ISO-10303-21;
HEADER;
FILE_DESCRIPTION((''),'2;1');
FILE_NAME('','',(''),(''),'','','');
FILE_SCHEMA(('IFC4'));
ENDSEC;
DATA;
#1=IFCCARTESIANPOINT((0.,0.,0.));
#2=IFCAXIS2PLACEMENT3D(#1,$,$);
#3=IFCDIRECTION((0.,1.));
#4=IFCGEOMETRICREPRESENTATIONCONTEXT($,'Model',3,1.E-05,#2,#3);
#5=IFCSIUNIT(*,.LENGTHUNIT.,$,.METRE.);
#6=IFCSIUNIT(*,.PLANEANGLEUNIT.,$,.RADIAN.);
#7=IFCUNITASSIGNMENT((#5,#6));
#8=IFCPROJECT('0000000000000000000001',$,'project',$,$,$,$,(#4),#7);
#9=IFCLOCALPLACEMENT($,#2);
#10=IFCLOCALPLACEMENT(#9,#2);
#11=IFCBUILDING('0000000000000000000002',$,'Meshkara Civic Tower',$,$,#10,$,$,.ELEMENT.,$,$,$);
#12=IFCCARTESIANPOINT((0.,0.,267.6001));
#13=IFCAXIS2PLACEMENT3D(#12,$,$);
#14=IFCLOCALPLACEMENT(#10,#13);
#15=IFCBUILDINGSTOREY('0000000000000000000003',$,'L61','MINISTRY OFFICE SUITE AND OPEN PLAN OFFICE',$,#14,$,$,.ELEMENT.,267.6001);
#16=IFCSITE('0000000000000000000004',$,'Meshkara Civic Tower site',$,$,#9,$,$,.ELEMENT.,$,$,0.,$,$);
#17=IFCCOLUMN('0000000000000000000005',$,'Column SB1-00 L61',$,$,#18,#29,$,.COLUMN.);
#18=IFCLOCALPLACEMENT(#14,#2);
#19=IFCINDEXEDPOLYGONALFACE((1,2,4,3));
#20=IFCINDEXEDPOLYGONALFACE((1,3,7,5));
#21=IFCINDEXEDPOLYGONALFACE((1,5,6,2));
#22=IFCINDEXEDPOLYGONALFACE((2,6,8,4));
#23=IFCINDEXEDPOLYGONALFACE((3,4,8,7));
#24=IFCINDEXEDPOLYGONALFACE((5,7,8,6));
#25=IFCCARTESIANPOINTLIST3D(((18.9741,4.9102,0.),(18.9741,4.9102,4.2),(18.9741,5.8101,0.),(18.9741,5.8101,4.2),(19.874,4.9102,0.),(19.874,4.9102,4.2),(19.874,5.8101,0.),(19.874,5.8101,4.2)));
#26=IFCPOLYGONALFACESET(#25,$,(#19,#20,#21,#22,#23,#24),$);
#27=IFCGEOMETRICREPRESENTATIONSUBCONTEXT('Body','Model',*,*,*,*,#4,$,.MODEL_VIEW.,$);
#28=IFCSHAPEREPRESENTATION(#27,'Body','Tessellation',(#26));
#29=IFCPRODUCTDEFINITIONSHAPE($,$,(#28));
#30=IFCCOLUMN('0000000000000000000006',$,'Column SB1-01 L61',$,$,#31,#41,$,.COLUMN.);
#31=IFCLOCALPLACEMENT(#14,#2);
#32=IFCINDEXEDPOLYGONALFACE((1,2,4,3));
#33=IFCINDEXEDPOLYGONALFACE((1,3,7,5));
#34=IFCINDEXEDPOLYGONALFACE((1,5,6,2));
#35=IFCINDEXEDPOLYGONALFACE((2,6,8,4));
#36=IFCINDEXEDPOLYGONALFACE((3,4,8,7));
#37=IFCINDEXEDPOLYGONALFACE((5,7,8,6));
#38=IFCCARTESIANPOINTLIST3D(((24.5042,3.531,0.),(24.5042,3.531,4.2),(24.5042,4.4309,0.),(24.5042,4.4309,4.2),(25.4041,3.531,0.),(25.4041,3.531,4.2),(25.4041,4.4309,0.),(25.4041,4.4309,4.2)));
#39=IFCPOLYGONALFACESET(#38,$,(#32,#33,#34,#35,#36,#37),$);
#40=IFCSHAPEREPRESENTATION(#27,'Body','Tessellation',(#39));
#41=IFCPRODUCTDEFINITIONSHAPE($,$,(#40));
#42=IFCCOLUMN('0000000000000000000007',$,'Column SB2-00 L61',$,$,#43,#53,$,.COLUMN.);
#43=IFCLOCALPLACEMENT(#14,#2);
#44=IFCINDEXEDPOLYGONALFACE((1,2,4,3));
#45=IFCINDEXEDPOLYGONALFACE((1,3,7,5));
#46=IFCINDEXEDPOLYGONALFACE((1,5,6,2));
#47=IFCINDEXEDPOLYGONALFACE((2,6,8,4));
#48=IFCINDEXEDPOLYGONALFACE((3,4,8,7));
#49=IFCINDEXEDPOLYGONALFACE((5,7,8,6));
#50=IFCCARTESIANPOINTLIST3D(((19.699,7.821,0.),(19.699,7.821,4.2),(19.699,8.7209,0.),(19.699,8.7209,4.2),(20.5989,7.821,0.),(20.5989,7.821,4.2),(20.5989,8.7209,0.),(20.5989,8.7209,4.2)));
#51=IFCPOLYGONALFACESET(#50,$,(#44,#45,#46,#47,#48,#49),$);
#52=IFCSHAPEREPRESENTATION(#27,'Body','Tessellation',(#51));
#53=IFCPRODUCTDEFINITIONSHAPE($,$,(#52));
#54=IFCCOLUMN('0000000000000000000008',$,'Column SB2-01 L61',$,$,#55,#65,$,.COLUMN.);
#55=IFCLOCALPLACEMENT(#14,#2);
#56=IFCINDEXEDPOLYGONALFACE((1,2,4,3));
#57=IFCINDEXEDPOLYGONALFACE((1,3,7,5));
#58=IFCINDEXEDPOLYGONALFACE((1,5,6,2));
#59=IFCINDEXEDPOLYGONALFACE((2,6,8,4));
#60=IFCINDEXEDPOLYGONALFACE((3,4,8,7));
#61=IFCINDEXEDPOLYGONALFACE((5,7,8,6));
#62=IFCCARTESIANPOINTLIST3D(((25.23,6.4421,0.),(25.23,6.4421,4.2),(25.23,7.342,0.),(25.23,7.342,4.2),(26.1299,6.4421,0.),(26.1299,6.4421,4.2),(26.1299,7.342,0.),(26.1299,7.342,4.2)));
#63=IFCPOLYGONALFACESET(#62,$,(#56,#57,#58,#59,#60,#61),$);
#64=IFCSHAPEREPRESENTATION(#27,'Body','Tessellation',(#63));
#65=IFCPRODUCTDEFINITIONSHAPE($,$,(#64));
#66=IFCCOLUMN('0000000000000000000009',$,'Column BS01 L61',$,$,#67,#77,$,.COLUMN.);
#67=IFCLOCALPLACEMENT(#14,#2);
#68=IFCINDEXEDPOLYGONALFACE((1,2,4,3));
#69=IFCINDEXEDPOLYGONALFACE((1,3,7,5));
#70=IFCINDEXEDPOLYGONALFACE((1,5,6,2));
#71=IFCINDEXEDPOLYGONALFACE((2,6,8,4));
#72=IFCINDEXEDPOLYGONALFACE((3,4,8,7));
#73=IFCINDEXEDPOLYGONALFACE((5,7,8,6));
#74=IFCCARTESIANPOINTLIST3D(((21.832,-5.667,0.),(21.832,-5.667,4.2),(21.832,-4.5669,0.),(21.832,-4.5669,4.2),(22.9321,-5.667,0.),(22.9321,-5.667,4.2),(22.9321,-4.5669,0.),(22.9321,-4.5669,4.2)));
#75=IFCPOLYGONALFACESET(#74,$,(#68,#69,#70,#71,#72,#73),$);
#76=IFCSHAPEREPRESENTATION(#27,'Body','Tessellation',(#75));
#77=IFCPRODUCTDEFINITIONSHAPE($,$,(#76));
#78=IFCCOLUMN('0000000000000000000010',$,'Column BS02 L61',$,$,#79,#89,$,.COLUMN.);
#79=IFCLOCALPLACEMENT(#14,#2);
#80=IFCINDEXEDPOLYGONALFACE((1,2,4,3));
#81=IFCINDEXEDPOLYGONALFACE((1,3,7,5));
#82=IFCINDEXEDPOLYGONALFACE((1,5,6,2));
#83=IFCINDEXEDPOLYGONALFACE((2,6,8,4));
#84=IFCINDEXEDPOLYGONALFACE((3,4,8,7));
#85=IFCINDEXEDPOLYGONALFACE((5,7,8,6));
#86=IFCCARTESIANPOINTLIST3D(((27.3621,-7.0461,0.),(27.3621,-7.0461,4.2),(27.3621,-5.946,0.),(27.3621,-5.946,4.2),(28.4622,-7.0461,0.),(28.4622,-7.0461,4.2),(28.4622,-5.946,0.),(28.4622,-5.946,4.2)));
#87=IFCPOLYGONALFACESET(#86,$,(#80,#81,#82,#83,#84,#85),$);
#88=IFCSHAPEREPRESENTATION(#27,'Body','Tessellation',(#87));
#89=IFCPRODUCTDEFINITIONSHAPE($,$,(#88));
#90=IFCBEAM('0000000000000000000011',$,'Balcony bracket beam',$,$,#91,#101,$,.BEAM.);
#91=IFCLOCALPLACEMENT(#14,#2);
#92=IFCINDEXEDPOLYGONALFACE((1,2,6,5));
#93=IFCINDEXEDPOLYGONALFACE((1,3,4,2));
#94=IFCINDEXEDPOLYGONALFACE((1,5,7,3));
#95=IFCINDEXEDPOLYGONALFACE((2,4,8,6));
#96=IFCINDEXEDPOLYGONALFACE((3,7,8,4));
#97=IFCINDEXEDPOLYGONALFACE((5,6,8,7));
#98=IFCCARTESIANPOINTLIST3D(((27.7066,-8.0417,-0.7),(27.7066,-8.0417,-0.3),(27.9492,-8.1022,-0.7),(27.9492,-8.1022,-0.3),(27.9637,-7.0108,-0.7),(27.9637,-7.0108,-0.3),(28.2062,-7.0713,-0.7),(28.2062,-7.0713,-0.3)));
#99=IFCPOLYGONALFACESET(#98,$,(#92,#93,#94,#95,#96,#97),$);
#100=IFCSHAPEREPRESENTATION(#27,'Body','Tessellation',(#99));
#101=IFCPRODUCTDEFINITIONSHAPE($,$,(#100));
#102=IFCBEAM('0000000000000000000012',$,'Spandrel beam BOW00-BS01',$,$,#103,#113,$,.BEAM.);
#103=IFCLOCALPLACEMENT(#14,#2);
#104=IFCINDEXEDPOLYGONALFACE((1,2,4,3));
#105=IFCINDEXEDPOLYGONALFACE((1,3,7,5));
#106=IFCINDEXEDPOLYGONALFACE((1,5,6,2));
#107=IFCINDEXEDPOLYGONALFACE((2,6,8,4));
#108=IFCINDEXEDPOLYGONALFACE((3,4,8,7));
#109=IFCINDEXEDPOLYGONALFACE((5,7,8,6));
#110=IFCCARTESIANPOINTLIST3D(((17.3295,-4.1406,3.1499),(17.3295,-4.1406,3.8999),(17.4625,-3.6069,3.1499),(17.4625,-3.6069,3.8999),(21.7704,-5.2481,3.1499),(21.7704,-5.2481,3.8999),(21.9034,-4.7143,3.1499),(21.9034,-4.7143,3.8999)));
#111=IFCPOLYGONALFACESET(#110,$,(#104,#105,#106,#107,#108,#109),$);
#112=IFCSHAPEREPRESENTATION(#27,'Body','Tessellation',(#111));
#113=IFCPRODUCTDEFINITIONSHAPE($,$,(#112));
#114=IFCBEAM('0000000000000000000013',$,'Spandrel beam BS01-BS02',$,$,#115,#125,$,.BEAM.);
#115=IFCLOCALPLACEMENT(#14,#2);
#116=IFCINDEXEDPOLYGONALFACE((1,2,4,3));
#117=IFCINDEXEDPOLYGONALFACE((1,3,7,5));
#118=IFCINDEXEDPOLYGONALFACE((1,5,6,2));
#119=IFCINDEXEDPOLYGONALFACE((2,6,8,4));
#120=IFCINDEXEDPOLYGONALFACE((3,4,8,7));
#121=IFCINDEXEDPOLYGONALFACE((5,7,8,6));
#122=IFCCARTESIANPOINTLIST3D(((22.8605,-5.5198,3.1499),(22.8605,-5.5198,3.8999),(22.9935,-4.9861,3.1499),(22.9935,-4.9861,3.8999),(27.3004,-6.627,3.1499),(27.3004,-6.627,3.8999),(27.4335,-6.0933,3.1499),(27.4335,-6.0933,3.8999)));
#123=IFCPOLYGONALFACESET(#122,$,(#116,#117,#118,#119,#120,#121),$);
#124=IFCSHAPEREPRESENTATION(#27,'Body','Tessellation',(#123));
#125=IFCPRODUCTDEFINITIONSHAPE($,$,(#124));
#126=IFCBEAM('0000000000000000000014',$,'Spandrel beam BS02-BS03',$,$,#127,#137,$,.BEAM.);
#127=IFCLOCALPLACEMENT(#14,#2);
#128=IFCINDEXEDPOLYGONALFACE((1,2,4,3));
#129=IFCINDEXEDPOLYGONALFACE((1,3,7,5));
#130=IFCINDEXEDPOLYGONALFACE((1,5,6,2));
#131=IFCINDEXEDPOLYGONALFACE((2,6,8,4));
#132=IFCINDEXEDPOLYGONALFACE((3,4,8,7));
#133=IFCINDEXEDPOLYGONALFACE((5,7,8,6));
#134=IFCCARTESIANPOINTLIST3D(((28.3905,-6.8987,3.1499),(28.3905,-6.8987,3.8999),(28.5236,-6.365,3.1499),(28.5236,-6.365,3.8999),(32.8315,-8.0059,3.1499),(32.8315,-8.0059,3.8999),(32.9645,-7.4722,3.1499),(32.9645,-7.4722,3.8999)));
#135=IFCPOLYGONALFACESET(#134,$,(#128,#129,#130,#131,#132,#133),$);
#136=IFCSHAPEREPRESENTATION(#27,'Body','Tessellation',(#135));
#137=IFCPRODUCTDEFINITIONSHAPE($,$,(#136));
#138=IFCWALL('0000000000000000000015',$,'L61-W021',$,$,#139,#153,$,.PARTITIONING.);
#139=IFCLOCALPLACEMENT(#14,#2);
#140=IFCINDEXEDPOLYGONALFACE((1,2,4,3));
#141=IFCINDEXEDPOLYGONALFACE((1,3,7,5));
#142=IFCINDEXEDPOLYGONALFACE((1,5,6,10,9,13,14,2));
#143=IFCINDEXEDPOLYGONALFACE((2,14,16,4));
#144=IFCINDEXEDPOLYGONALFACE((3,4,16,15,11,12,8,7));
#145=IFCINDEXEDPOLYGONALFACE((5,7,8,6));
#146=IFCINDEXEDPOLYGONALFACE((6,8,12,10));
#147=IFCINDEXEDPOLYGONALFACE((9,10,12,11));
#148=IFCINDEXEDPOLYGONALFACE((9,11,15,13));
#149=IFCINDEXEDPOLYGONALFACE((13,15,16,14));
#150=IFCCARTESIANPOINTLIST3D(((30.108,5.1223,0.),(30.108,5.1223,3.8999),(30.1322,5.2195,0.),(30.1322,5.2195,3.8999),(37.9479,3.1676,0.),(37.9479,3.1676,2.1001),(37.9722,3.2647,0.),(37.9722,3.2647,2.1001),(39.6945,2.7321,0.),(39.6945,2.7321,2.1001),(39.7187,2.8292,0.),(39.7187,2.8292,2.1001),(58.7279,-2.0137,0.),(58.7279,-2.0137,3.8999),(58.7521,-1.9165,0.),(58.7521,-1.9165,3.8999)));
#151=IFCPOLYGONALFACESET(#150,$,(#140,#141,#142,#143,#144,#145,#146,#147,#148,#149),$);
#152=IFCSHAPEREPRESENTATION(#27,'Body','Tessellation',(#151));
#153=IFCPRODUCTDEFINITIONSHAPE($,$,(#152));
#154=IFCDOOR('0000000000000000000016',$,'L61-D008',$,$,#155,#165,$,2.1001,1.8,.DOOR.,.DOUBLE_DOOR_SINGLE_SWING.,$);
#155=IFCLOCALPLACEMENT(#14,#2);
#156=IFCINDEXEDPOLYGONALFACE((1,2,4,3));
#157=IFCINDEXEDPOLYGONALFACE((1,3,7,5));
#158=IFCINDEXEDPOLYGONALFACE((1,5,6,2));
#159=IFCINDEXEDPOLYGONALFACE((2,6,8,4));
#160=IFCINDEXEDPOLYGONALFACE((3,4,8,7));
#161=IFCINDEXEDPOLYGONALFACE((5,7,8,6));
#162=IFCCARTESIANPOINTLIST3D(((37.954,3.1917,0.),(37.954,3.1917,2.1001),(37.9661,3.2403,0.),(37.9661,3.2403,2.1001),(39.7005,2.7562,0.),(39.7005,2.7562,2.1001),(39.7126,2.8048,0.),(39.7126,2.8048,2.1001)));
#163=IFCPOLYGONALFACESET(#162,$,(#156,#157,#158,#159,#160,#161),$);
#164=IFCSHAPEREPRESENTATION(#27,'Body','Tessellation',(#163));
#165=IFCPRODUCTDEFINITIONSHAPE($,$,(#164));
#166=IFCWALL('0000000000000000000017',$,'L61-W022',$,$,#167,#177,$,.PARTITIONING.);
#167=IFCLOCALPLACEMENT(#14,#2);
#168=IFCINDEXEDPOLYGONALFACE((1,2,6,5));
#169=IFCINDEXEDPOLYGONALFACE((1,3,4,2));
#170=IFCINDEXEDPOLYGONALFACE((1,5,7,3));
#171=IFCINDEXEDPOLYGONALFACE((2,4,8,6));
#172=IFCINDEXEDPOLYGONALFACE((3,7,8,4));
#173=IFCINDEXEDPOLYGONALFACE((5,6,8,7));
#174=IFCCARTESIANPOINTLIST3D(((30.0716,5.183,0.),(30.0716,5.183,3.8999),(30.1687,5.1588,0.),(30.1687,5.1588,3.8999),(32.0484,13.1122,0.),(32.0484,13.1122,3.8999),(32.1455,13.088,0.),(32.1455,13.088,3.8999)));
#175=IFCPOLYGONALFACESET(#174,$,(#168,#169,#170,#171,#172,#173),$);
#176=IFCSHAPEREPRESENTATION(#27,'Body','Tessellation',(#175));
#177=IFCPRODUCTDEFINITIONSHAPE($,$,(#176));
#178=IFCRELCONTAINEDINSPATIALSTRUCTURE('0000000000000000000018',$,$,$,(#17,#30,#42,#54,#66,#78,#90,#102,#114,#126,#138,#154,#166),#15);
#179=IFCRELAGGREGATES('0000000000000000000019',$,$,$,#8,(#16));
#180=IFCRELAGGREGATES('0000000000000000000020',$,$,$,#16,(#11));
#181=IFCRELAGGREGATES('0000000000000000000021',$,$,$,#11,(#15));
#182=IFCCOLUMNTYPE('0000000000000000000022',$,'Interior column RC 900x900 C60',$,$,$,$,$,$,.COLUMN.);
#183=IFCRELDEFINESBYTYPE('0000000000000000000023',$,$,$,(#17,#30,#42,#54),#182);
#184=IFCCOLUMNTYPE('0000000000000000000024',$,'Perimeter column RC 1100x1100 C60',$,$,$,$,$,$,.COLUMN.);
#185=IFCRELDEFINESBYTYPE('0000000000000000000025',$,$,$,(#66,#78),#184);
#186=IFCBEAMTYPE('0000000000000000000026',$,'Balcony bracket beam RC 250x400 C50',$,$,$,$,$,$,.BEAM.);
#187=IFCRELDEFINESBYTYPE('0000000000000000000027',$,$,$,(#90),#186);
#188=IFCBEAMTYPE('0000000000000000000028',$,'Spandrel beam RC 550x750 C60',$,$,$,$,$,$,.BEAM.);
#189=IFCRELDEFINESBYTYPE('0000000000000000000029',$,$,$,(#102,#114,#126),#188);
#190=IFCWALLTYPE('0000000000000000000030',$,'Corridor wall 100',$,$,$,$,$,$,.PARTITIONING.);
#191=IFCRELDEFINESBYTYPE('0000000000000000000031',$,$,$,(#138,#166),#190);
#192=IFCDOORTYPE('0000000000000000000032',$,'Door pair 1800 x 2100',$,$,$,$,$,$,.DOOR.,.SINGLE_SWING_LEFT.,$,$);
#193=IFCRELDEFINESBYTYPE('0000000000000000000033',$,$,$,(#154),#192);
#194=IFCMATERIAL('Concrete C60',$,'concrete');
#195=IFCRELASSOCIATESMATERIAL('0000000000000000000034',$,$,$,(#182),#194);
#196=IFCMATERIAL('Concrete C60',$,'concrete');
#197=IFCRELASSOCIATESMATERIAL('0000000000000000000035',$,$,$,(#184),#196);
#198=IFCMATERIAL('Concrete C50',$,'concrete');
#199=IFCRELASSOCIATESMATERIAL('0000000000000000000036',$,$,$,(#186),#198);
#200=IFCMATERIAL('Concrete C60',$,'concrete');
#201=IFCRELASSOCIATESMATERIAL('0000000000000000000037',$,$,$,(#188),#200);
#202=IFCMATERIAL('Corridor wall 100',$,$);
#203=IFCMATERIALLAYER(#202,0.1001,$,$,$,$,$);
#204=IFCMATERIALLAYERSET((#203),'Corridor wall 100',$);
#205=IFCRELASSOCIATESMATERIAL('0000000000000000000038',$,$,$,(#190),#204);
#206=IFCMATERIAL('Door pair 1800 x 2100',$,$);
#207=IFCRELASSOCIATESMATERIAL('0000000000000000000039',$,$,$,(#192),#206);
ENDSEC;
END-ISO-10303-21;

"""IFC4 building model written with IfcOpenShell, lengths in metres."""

from ifc_helpers import new_model, si_unit, direction, frame, frame_2d, origin, origin_2d, place, context, subcontext, project, spatial, rectangle, extrude, material, layer, layer_set, material_profile, profile_set, type_object, element, fill, save


model = new_model("IFC4")

# Units and contexts
model_context = context("Model", 3, precision=1e-05, world=origin(), true_north=direction((0.0, 1.0)))
body_context = subcontext(model_context, "Body", "Model", "MODEL_VIEW")
ifc_project = project(units=[si_unit("LENGTHUNIT", "METRE"), si_unit("PLANEANGLEUNIT", "RADIAN")], contexts=[model_context])

# Site, building, storey
site_placement = place(None, origin())
site = spatial("IfcSite", under=ifc_project, at=site_placement, Name="Meshkara Civic Tower site", CompositionType="ELEMENT", RefElevation=0.0)
building_placement = place(site_placement, origin())
building = spatial("IfcBuilding", under=site, at=building_placement, Name="Meshkara Civic Tower", CompositionType="ELEMENT")
storey_placement = place(building_placement, frame((0.0, 0.0, 267.6001)))
storey = spatial("IfcBuildingStorey", under=building, at=storey_placement, Name="L61", Description="MINISTRY OFFICE SUITE AND OPEN PLAN OFFICE", CompositionType="ELEMENT", Elevation=267.6001)

# Columns
ifc_material_1 = material(Name="Concrete C60", Category="concrete")
ifc_material_profile_1 = material_profile(ifc_material_1, rectangle(XDim=0.8999, YDim=0.8999, at=origin_2d()))
ifc_profile_set_1 = profile_set([ifc_material_profile_1], Name="Concrete C60")
column_type_1 = type_object("IfcColumnType", Name="Interior column RC 900x900 C60", PredefinedType="COLUMN", material=ifc_profile_set_1)
for number, where, z_axis, x_axis, name in (
    (1, (19.4241, 5.3601, 0.0), (0.0, 0.0, 1.0), (1.0, 0.0, 0.0), "Column SB1-00 L61"),
    (2, (24.9541, 3.981, 0.0), (0.0, 0.0, 1.0), (1.0, 0.0, 0.0), "Column SB1-01 L61"),
    (3, (20.1489, 8.271, 0.0), (0.0, 0.0, 1.0), (1.0, 0.0, 0.0), "Column SB2-00 L61"),
    (4, (25.6799, 6.8921, 0.0), (0.0, 0.0, 1.0), (1.0, 0.0, 0.0), "Column SB2-01 L61"),
):
    element("IfcColumn", number, at=place(storey_placement, frame(where, z_axis=z_axis, x_axis=x_axis)), inside=storey, type_object=column_type_1, Name=name, PredefinedType="COLUMN", context=body_context, shape_type="SweptSolid", body=[
        extrude(rectangle(XDim=0.8999, YDim=0.8999, at=origin_2d()), origin(), (0.0, 0.0, 1.0), 4.2),
    ])
ifc_material_2 = material(Name="Concrete C60", Category="concrete")
ifc_material_profile_2 = material_profile(ifc_material_2, rectangle(XDim=1.1001, YDim=1.1001, at=origin_2d()))
ifc_profile_set_2 = profile_set([ifc_material_profile_2], Name="Concrete C60")
column_type_2 = type_object("IfcColumnType", Name="Perimeter column RC 1100x1100 C60", PredefinedType="COLUMN", material=ifc_profile_set_2)
for number, where, z_axis, x_axis, name in (
    (5, (22.3821, -5.1169, 0.0), (0.0, 0.0, 1.0), (1.0, 0.0, 0.0), "Column BS01 L61"),
    (6, (27.9121, -6.4961, 0.0), (0.0, 0.0, 1.0), (1.0, 0.0, 0.0), "Column BS02 L61"),
):
    element("IfcColumn", number, at=place(storey_placement, frame(where, z_axis=z_axis, x_axis=x_axis)), inside=storey, type_object=column_type_2, Name=name, PredefinedType="COLUMN", context=body_context, shape_type="SweptSolid", body=[
        extrude(rectangle(XDim=1.1001, YDim=1.1001, at=origin_2d()), origin(), (0.0, 0.0, 1.0), 4.2),
    ])

# Beams
ifc_material_3 = material(Name="Concrete C50", Category="concrete")
ifc_material_profile_3 = material_profile(ifc_material_3, rectangle(XDim=0.25, YDim=0.3999, at=origin_2d()))
ifc_profile_set_3 = profile_set([ifc_material_profile_3], Name="Concrete C50")
beam_type_1 = type_object("IfcBeamType", Name="Balcony bracket beam RC 250x400 C50", PredefinedType="BEAM", material=ifc_profile_set_3)
beam_1_placement = place(storey_placement, frame((28.085, -7.041, -0.5), z_axis=(-0.241941, -0.970291, 0.0), x_axis=(0.970291, -0.241941, 0.0)))
element("IfcBeam", 7, at=beam_1_placement, inside=storey, type_object=beam_type_1, Name="Balcony bracket beam", PredefinedType="BEAM", context=body_context, shape_type="SweptSolid", body=[
    extrude(rectangle(XDim=0.25, YDim=0.3999, at=origin_2d()), origin(), (0.0, 0.0, 1.0), 1.0625),
])
ifc_material_4 = material(Name="Concrete C60", Category="concrete")
ifc_material_profile_4 = material_profile(ifc_material_4, rectangle(XDim=0.55, YDim=0.75, at=origin_2d()))
ifc_profile_set_4 = profile_set([ifc_material_profile_4], Name="Concrete C60")
beam_type_2 = type_object("IfcBeamType", Name="Spandrel beam RC 550x750 C60", PredefinedType="BEAM", material=ifc_profile_set_4)
beam_2_placement = place(storey_placement, frame((17.396, -3.8738, 3.5249), z_axis=(0.970287, -0.241958, 0.0), x_axis=(0.241958, 0.970287, 0.0)))
element("IfcBeam", 8, at=beam_2_placement, inside=storey, type_object=beam_type_2, Name="Spandrel beam BOW00-BS01", PredefinedType="BEAM", context=body_context, shape_type="SweptSolid", body=[
    extrude(rectangle(XDim=0.55, YDim=0.75, at=origin_2d()), origin(), (0.0, 0.0, 1.0), 4.5769),
])
beam_3_placement = place(storey_placement, frame((22.927, -5.2529, 3.5249), z_axis=(0.970287, -0.241958, 0.0), x_axis=(0.241958, 0.970287, 0.0)))
element("IfcBeam", 9, at=beam_3_placement, inside=storey, type_object=beam_type_2, Name="Spandrel beam BS01-BS02", PredefinedType="BEAM", context=body_context, shape_type="SweptSolid", body=[
    extrude(rectangle(XDim=0.55, YDim=0.75, at=origin_2d()), origin(), (0.0, 0.0, 1.0), 4.5759),
])
beam_4_placement = place(storey_placement, frame((28.457, -6.6318, 3.5249), z_axis=(0.970299, -0.241908, 0.0), x_axis=(0.241908, 0.970299, 0.0)))
element("IfcBeam", 10, at=beam_4_placement, inside=storey, type_object=beam_type_2, Name="Spandrel beam BS02-BS03", PredefinedType="BEAM", context=body_context, shape_type="SweptSolid", body=[
    extrude(rectangle(XDim=0.55, YDim=0.75, at=origin_2d()), origin(), (0.0, 0.0, 1.0), 4.5769),
])

# Wall, opening, door
ifc_material_5 = material(Name="Corridor wall 100")
ifc_layer_1 = layer(ifc_material_5, 0.1001)
ifc_layer_set_1 = layer_set([ifc_layer_1], Name="Corridor wall 100")
wall_type_1 = type_object("IfcWallType", Name="Corridor wall 100", PredefinedType="PARTITIONING", material=ifc_layer_set_1)
wall_1_placement = place(storey_placement, frame((30.1201, 5.1709, 0.0), z_axis=(0.0, 0.0, 1.0), x_axis=(0.970294, -0.24193, 0.0)))
wall_1 = element("IfcWall", 11, at=wall_1_placement, inside=storey, type_object=wall_type_1, Name="L61-W021", PredefinedType="PARTITIONING", context=body_context, shape_type="SweptSolid", body=[
    extrude(rectangle(XDim=29.4961, YDim=0.1001, at=frame_2d((14.748, 0.0))), origin(), (0.0, 0.0, 1.0), 3.8999),
])
opening_1_placement = place(wall_1_placement, frame((8.0801, 0.0, 0.0)))
opening_1 = element("IfcOpeningElement", 12, at=opening_1_placement, cuts=wall_1, PredefinedType="OPENING", context=body_context, shape_type="SweptSolid", body=[
    extrude(rectangle(XDim=1.8, YDim=2.1001, at=frame_2d((0.8999, 1.05))), frame((0.0, 0.0601, 0.0), z_axis=(0.0, -1.0, 0.0), x_axis=(1.0, 0.0, 0.0)), (0.0, 0.0, 1.0), 0.1201),
])
ifc_material_6 = material(Name="Door pair 1800 x 2100")
door_type_1 = type_object("IfcDoorType", Name="Door pair 1800 x 2100", OperationType="SINGLE_SWING_LEFT", PredefinedType="DOOR", material=ifc_material_6)
door_1_placement = place(opening_1_placement, origin())
door_1 = element("IfcDoor", 13, at=door_1_placement, inside=storey, type_object=door_type_1, Name="L61-D008", OperationType="DOUBLE_DOOR_SINGLE_SWING", OverallHeight=2.1001, OverallWidth=1.8, PredefinedType="DOOR", context=body_context, shape_type="SweptSolid", body=[
    extrude(rectangle(XDim=1.8, YDim=2.1001, at=frame_2d((0.8999, 1.05))), frame((0.0, 0.0249, 0.0), z_axis=(0.0, -1.0, 0.0), x_axis=(1.0, 0.0, 0.0)), (0.0, 0.0, 1.0), 0.05),
])
fill(opening_1, door_1)

# Wall
wall_2_placement = place(storey_placement, frame((30.1201, 5.1709, 0.0), z_axis=(0.0, 0.0, 1.0), x_axis=(0.241903, 0.9703, 0.0)))
element("IfcWall", 14, at=wall_2_placement, inside=storey, type_object=wall_type_1, Name="L61-W022", PredefinedType="PARTITIONING", context=body_context, shape_type="SweptSolid", body=[
    extrude(rectangle(XDim=8.1719, YDim=0.1001, at=frame_2d((4.0859, 0.0))), origin(), (0.0, 0.0, 1.0), 3.8999),
])

save(model, "model.ifc")
